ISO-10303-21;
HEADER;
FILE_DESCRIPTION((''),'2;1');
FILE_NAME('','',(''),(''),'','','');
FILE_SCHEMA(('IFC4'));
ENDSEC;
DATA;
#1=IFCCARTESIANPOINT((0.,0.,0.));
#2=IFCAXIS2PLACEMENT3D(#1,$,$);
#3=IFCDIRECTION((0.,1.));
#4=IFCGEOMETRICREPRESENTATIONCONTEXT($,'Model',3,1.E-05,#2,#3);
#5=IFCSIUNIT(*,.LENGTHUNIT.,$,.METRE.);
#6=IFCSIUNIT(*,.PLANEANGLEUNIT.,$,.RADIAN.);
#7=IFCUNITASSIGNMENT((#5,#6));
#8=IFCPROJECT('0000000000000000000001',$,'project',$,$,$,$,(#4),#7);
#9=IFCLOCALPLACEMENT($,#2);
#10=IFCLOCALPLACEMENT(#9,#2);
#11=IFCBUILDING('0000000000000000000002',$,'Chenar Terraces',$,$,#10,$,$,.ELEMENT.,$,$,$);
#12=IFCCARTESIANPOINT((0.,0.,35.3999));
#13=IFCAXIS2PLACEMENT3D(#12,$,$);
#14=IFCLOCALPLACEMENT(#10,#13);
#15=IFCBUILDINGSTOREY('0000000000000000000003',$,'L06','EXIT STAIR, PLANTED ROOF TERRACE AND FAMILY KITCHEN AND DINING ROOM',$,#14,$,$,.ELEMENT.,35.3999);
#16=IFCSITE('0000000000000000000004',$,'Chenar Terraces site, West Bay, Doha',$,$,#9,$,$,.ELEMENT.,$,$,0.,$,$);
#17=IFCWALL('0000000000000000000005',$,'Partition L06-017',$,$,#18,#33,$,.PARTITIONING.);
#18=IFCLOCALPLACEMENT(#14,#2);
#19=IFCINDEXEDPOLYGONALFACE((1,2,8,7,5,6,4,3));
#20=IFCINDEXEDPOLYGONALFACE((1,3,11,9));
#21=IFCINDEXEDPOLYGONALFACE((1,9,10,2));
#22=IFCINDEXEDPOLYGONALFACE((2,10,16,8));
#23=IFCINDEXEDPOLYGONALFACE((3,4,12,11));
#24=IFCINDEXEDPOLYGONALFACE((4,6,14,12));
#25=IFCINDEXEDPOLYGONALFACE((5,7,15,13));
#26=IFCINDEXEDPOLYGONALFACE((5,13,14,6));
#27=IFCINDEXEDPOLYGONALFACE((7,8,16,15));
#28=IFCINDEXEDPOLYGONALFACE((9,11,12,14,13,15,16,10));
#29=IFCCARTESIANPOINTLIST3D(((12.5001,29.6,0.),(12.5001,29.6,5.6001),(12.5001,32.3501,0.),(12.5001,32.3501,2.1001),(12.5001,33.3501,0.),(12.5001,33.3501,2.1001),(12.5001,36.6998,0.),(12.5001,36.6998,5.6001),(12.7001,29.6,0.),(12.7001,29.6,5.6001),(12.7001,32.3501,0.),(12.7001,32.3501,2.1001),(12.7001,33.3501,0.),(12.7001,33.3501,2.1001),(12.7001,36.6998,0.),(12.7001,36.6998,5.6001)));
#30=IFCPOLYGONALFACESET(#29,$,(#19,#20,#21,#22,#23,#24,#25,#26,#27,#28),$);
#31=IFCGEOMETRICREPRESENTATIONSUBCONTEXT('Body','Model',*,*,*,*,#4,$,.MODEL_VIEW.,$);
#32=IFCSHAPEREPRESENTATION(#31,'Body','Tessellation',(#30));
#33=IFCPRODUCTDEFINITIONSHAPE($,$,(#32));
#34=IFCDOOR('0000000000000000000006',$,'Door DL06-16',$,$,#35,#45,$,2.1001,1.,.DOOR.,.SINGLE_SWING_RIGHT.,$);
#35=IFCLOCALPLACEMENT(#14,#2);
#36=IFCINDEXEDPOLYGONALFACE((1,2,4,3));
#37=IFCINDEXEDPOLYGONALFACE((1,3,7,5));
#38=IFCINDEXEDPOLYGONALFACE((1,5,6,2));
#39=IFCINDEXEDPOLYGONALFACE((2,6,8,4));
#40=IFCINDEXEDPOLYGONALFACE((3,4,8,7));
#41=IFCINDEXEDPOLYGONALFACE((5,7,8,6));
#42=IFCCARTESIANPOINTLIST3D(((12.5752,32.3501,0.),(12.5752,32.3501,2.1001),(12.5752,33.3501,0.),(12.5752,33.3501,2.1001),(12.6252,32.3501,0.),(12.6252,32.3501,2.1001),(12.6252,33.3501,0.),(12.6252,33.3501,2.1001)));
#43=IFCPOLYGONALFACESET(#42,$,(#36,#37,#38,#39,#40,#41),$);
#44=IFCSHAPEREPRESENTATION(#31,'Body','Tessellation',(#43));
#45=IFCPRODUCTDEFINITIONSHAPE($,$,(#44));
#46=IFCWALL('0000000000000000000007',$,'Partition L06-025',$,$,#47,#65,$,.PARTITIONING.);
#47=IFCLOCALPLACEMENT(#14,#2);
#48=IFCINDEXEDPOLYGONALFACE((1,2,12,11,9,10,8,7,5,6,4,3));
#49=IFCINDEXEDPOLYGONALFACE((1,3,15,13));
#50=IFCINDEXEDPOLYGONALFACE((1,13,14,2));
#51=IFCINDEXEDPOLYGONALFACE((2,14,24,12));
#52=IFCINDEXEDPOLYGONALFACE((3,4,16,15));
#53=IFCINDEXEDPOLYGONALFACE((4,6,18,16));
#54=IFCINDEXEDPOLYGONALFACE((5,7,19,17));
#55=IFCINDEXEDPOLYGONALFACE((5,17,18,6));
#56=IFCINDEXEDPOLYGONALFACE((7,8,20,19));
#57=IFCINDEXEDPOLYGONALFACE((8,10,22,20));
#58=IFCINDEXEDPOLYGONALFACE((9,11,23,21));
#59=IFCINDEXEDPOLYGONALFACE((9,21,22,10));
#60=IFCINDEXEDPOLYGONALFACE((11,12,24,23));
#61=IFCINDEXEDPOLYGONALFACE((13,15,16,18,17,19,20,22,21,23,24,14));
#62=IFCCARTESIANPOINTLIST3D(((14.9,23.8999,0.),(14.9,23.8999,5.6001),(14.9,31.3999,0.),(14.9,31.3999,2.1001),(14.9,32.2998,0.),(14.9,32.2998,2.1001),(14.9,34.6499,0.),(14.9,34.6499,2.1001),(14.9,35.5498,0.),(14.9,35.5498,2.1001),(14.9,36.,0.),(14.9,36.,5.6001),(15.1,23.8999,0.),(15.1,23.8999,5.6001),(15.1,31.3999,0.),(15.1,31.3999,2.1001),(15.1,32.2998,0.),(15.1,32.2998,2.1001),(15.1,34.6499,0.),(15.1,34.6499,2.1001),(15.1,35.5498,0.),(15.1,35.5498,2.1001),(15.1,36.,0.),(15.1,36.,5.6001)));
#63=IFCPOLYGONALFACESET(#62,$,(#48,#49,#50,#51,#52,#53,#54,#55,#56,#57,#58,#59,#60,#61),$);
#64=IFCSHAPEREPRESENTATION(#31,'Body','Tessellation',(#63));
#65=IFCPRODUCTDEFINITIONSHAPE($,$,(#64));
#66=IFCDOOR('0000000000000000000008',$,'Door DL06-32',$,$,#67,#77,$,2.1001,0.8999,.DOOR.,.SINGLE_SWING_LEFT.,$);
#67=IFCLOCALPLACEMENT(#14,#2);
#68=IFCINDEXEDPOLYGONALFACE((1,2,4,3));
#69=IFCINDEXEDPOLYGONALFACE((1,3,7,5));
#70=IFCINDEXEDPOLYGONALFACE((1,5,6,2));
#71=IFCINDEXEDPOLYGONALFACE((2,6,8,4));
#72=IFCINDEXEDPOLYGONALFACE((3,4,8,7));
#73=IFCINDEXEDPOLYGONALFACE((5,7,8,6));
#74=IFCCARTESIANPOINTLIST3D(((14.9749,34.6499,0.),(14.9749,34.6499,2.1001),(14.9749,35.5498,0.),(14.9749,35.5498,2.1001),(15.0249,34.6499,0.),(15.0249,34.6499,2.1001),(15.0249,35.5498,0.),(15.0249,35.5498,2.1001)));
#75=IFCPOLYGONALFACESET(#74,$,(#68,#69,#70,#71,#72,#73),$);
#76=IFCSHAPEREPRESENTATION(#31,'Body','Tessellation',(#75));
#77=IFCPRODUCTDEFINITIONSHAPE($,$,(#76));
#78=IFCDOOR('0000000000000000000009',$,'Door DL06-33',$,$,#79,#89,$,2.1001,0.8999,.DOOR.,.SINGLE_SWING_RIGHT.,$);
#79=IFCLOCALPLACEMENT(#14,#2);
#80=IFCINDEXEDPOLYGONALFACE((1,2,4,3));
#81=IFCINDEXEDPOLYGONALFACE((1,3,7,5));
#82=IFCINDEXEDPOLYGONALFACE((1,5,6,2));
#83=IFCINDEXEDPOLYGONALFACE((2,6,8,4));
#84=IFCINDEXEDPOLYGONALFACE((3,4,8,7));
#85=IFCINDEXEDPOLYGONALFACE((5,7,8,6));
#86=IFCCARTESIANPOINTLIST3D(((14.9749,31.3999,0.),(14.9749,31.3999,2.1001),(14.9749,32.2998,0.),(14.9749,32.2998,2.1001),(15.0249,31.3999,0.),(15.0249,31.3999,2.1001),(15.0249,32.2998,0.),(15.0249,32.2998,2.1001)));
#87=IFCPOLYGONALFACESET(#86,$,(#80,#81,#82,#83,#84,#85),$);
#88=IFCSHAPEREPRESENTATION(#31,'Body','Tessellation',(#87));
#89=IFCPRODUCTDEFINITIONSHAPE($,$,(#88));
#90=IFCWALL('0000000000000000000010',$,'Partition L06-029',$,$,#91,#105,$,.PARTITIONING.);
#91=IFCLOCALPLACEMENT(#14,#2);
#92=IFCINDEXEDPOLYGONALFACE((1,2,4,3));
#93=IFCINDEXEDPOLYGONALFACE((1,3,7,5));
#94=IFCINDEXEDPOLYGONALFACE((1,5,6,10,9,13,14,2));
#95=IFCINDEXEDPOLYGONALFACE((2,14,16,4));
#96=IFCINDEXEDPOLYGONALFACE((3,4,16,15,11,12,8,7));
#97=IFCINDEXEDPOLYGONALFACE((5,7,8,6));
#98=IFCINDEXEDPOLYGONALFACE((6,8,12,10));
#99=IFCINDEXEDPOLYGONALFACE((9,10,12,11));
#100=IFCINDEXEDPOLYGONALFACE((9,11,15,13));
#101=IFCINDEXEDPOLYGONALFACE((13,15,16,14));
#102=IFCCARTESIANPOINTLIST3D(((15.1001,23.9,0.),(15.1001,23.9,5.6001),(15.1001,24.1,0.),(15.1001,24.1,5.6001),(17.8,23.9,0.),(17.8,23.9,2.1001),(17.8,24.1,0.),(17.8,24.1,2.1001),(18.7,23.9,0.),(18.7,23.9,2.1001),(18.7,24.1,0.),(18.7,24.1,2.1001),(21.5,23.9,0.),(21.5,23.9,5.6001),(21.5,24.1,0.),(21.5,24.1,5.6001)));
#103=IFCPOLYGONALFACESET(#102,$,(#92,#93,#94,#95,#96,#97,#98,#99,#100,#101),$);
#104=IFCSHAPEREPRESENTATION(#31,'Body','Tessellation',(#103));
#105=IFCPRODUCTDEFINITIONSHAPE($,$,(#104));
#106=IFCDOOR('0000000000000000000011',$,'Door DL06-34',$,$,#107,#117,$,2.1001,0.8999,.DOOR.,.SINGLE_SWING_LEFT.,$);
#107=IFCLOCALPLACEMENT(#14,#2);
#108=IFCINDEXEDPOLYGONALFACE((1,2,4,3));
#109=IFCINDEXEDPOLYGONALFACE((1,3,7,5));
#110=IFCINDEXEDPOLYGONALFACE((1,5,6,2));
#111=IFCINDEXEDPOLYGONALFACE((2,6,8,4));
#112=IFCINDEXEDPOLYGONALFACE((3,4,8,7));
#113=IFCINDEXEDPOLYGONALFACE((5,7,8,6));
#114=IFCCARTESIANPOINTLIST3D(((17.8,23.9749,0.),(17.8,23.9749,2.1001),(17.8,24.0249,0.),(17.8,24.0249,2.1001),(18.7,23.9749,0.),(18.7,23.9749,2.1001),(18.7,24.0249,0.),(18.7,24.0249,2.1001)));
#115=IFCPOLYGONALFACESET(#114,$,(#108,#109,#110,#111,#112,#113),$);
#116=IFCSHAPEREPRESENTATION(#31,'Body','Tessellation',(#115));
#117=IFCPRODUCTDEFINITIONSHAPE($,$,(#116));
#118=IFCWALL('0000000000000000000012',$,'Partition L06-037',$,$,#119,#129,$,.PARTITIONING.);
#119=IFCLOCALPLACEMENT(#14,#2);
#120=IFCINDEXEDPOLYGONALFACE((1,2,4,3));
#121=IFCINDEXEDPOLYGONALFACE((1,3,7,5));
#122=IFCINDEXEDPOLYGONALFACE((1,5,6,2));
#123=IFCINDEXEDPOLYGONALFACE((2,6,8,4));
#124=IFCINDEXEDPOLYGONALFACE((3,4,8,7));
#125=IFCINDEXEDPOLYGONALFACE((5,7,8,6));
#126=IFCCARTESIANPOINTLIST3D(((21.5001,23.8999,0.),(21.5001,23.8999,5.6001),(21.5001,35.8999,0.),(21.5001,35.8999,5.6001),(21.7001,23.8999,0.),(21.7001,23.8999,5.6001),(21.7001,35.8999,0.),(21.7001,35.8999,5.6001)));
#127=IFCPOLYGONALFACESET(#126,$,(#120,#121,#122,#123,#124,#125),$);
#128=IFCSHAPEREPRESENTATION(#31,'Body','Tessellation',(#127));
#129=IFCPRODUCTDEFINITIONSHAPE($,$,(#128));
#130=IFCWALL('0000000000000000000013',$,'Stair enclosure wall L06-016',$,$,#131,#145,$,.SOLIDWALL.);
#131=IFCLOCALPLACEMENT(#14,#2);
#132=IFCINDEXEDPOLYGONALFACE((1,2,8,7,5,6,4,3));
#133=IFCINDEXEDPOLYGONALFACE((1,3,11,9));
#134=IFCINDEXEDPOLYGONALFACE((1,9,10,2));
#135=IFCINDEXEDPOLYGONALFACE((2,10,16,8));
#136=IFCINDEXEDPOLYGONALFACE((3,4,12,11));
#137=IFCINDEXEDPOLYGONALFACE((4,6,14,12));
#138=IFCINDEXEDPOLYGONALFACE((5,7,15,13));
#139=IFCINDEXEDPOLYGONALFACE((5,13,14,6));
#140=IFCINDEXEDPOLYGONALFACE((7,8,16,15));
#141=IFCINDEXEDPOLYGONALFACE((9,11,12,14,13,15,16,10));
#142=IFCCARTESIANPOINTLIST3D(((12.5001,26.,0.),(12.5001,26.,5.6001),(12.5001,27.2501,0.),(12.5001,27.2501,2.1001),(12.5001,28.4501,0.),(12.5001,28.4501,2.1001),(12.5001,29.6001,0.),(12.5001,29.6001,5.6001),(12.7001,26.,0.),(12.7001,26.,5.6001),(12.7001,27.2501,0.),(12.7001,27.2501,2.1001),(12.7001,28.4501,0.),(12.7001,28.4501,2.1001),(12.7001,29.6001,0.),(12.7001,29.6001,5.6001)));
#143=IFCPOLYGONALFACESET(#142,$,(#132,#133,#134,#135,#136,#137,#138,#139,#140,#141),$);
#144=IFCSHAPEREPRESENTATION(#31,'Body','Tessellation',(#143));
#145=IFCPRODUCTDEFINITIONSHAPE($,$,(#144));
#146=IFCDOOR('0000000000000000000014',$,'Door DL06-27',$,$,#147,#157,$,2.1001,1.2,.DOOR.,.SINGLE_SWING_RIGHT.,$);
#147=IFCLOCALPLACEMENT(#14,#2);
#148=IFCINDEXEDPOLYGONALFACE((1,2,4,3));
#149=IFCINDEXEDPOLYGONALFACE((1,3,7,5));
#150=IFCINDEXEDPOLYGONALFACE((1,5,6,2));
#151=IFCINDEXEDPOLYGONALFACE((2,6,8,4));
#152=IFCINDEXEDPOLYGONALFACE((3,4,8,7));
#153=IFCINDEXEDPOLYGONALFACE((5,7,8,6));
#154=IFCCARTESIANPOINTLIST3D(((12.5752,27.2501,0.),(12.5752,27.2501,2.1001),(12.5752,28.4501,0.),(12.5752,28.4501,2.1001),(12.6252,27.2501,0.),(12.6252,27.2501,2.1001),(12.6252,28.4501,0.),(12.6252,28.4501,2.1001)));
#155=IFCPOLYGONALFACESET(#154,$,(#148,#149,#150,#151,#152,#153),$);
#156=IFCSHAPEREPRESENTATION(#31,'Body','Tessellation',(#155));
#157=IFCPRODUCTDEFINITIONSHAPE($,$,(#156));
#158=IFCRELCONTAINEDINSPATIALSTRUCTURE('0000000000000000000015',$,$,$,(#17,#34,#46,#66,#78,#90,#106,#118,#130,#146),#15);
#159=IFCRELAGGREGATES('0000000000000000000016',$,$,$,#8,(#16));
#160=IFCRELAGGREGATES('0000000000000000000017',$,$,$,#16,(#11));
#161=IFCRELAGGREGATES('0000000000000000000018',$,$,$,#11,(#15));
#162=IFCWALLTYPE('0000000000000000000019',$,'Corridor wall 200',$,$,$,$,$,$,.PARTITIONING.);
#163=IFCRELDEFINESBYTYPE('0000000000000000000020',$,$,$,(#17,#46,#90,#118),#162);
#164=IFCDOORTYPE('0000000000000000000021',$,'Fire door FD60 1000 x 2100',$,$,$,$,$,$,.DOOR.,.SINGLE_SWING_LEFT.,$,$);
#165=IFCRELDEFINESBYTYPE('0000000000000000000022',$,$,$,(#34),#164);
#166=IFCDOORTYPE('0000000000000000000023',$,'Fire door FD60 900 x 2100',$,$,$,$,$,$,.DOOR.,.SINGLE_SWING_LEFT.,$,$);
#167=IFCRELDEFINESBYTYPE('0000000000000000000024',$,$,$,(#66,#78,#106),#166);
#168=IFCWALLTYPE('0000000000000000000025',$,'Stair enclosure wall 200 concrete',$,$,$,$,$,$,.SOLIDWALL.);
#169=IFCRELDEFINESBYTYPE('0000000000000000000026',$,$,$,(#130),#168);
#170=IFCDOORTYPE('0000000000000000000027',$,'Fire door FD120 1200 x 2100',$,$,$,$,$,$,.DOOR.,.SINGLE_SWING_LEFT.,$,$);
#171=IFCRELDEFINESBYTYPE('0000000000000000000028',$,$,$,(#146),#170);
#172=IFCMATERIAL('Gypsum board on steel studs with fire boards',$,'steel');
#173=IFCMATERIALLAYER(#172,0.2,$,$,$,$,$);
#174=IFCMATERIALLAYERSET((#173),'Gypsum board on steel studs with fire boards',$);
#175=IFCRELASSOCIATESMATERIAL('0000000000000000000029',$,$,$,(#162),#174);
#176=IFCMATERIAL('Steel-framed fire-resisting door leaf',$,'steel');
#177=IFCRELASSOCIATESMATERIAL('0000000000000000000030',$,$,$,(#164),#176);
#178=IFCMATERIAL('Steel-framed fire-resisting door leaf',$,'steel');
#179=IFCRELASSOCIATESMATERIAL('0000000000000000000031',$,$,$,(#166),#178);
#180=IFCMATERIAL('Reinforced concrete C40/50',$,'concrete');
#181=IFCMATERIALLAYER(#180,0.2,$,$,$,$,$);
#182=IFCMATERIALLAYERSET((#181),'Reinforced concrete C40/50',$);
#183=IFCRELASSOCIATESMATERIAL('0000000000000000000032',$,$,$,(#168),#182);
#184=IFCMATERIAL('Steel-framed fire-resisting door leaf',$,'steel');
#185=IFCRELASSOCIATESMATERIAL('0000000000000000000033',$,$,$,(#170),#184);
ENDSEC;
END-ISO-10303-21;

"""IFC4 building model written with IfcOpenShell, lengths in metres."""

from ifc_helpers import new_model, si_unit, direction, frame, frame_2d, origin, place, context, subcontext, project, spatial, rectangle, extrude, material, layer, layer_set, type_object, element, fill, save


model = new_model("IFC4")

# Units and contexts
model_context = context("Model", 3, precision=1e-05, world=origin(), true_north=direction((0.0, 1.0)))
body_context = subcontext(model_context, "Body", "Model", "MODEL_VIEW")
ifc_project = project(units=[si_unit("LENGTHUNIT", "METRE"), si_unit("PLANEANGLEUNIT", "RADIAN")], contexts=[model_context])

# Site, building, storey
site_placement = place(None, origin())
site = spatial("IfcSite", under=ifc_project, at=site_placement, Name="Chenar Terraces site, West Bay, Doha", CompositionType="ELEMENT", RefElevation=0.0)
building_placement = place(site_placement, origin())
building = spatial("IfcBuilding", under=site, at=building_placement, Name="Chenar Terraces", CompositionType="ELEMENT")
storey_placement = place(building_placement, frame((0.0, 0.0, 35.3999)))
storey = spatial("IfcBuildingStorey", under=building, at=storey_placement, Name="L06", Description="EXIT STAIR, PLANTED ROOF TERRACE AND FAMILY KITCHEN AND DINING ROOM", CompositionType="ELEMENT", Elevation=35.3999)

# Shared definitions
ifc_material_1 = material(Name="Gypsum board on steel studs with fire boards", Category="steel")
ifc_layer_1 = layer(ifc_material_1, 0.2)
ifc_layer_set_1 = layer_set([ifc_layer_1], Name="Gypsum board on steel studs with fire boards")
wall_type_1 = type_object("IfcWallType", Name="Corridor wall 200", PredefinedType="PARTITIONING", material=ifc_layer_set_1)
ifc_material_2 = material(Name="Steel-framed fire-resisting door leaf", Category="steel")
door_type_1 = type_object("IfcDoorType", Name="Fire door FD60 1000 x 2100", OperationType="SINGLE_SWING_LEFT", PredefinedType="DOOR", material=ifc_material_2)

# Wall, opening, door
wall_1_placement = place(storey_placement, frame((12.6001, 29.6001, 0.0), z_axis=(0.0, 0.0, 1.0), x_axis=(0.0, 1.0, 0.0)))
wall_1 = element("IfcWall", 1, at=wall_1_placement, inside=storey, type_object=wall_type_1, Name="Partition L06-017", PredefinedType="PARTITIONING", context=body_context, shape_type="SweptSolid", body=[
    extrude(rectangle(XDim=7.0999, YDim=0.2, at=frame_2d((3.5498, 0.0))), origin(), (0.0, 0.0, 1.0), 5.6001),
])
opening_1_placement = place(wall_1_placement, frame((2.75, 0.0, 0.0)))
opening_1 = element("IfcOpeningElement", 2, at=opening_1_placement, cuts=wall_1, PredefinedType="OPENING", context=body_context, shape_type="SweptSolid", body=[
    extrude(rectangle(XDim=1.0, YDim=2.1001, at=frame_2d((0.5, 1.05))), frame((0.0, 0.1099, 0.0), z_axis=(0.0, -1.0, 0.0), x_axis=(1.0, 0.0, 0.0)), (0.0, 0.0, 1.0), 0.22),
])
door_1_placement = place(opening_1_placement, origin())
door_1 = element("IfcDoor", 3, at=door_1_placement, inside=storey, type_object=door_type_1, Name="Door DL06-16", OperationType="SINGLE_SWING_RIGHT", OverallHeight=2.1001, OverallWidth=1.0, PredefinedType="DOOR", context=body_context, shape_type="SweptSolid", body=[
    extrude(rectangle(XDim=1.0, YDim=2.1001, at=frame_2d((0.5, 1.05))), frame((0.0, 0.0249, 0.0), z_axis=(0.0, -1.0, 0.0), x_axis=(1.0, 0.0, 0.0)), (0.0, 0.0, 1.0), 0.05),
])
fill(opening_1, door_1)

# Wall, openings, doors
wall_2_placement = place(storey_placement, frame((15.0, 23.8999, 0.0), z_axis=(0.0, 0.0, 1.0), x_axis=(0.0, 1.0, 0.0)))
wall_2 = element("IfcWall", 4, at=wall_2_placement, inside=storey, type_object=wall_type_1, Name="Partition L06-025", PredefinedType="PARTITIONING", context=body_context, shape_type="SweptSolid", body=[
    extrude(rectangle(XDim=12.1001, YDim=0.2, at=frame_2d((6.05, 0.0))), origin(), (0.0, 0.0, 1.0), 5.6001),
])
opening_2_placement = place(wall_2_placement, frame((10.75, 0.0, 0.0)))
opening_2 = element("IfcOpeningElement", 5, at=opening_2_placement, cuts=wall_2, PredefinedType="OPENING", context=body_context, shape_type="SweptSolid", body=[
    extrude(rectangle(XDim=0.8999, YDim=2.1001, at=frame_2d((0.45, 1.05))), frame((0.0, 0.1099, 0.0), z_axis=(0.0, -1.0, 0.0), x_axis=(1.0, 0.0, 0.0)), (0.0, 0.0, 1.0), 0.22),
])
opening_3_placement = place(wall_2_placement, frame((7.5, 0.0, 0.0)))
opening_3 = element("IfcOpeningElement", 6, at=opening_3_placement, cuts=wall_2, PredefinedType="OPENING", context=body_context, shape_type="SweptSolid", body=[
    extrude(rectangle(XDim=0.8999, YDim=2.1001, at=frame_2d((0.45, 1.05))), frame((0.0, 0.1099, 0.0), z_axis=(0.0, -1.0, 0.0), x_axis=(1.0, 0.0, 0.0)), (0.0, 0.0, 1.0), 0.22),
])
ifc_material_3 = material(Name="Steel-framed fire-resisting door leaf", Category="steel")
door_type_2 = type_object("IfcDoorType", Name="Fire door FD60 900 x 2100", OperationType="SINGLE_SWING_LEFT", PredefinedType="DOOR", material=ifc_material_3)
door_2_placement = place(opening_2_placement, frame((0.8999, 0.0, 0.0), z_axis=(0.0, 0.0, 1.0), x_axis=(-1.0, 0.0, 0.0)))
door_2 = element("IfcDoor", 7, at=door_2_placement, inside=storey, type_object=door_type_2, Name="Door DL06-32", OperationType="SINGLE_SWING_LEFT", OverallHeight=2.1001, OverallWidth=0.8999, PredefinedType="DOOR", context=body_context, shape_type="SweptSolid", body=[
    extrude(rectangle(XDim=0.8999, YDim=2.1001, at=frame_2d((0.45, 1.05))), frame((0.0, 0.0249, 0.0), z_axis=(0.0, -1.0, 0.0), x_axis=(1.0, 0.0, 0.0)), (0.0, 0.0, 1.0), 0.05),
])
fill(opening_2, door_2)
door_3_placement = place(opening_3_placement, frame((0.8999, 0.0, 0.0), z_axis=(0.0, 0.0, 1.0), x_axis=(-1.0, 0.0, 0.0)))
door_3 = element("IfcDoor", 8, at=door_3_placement, inside=storey, type_object=door_type_2, Name="Door DL06-33", OperationType="SINGLE_SWING_RIGHT", OverallHeight=2.1001, OverallWidth=0.8999, PredefinedType="DOOR", context=body_context, shape_type="SweptSolid", body=[
    extrude(rectangle(XDim=0.8999, YDim=2.1001, at=frame_2d((0.45, 1.05))), frame((0.0, 0.0249, 0.0), z_axis=(0.0, -1.0, 0.0), x_axis=(1.0, 0.0, 0.0)), (0.0, 0.0, 1.0), 0.05),
])
fill(opening_3, door_3)

# Wall, opening, door
wall_3_placement = place(storey_placement, frame((15.1001, 24.0, 0.0), z_axis=(0.0, 0.0, 1.0), x_axis=(1.0, 0.0, 0.0)))
wall_3 = element("IfcWall", 9, at=wall_3_placement, inside=storey, type_object=wall_type_1, Name="Partition L06-029", PredefinedType="PARTITIONING", context=body_context, shape_type="SweptSolid", body=[
    extrude(rectangle(XDim=6.3999, YDim=0.2, at=frame_2d((3.2, 0.0))), origin(), (0.0, 0.0, 1.0), 5.6001),
])
opening_4_placement = place(wall_3_placement, frame((2.7, 0.0, 0.0)))
opening_4 = element("IfcOpeningElement", 10, at=opening_4_placement, cuts=wall_3, PredefinedType="OPENING", context=body_context, shape_type="SweptSolid", body=[
    extrude(rectangle(XDim=0.8999, YDim=2.1001, at=frame_2d((0.45, 1.05))), frame((0.0, 0.1099, 0.0), z_axis=(0.0, -1.0, 0.0), x_axis=(1.0, 0.0, 0.0)), (0.0, 0.0, 1.0), 0.22),
])
door_4_placement = place(opening_4_placement, origin())
door_4 = element("IfcDoor", 11, at=door_4_placement, inside=storey, type_object=door_type_2, Name="Door DL06-34", OperationType="SINGLE_SWING_LEFT", OverallHeight=2.1001, OverallWidth=0.8999, PredefinedType="DOOR", context=body_context, shape_type="SweptSolid", body=[
    extrude(rectangle(XDim=0.8999, YDim=2.1001, at=frame_2d((0.45, 1.05))), frame((0.0, 0.0249, 0.0), z_axis=(0.0, -1.0, 0.0), x_axis=(1.0, 0.0, 0.0)), (0.0, 0.0, 1.0), 0.05),
])
fill(opening_4, door_4)

# Wall
wall_4_placement = place(storey_placement, frame((21.6001, 23.8999, 0.0), z_axis=(0.0, 0.0, 1.0), x_axis=(0.0, 1.0, 0.0)))
element("IfcWall", 12, at=wall_4_placement, inside=storey, type_object=wall_type_1, Name="Partition L06-037", PredefinedType="PARTITIONING", context=body_context, shape_type="SweptSolid", body=[
    extrude(rectangle(XDim=12.0, YDim=0.2, at=frame_2d((6.0, 0.0))), origin(), (0.0, 0.0, 1.0), 5.6001),
])

# Wall, opening, door
ifc_material_4 = material(Name="Reinforced concrete C40/50", Category="concrete")
ifc_layer_2 = layer(ifc_material_4, 0.2)
ifc_layer_set_2 = layer_set([ifc_layer_2], Name="Reinforced concrete C40/50")
wall_type_2 = type_object("IfcWallType", Name="Stair enclosure wall 200 concrete", PredefinedType="SOLIDWALL", material=ifc_layer_set_2)
wall_5_placement = place(storey_placement, frame((12.6001, 26.0, 0.0), z_axis=(0.0, 0.0, 1.0), x_axis=(0.0, 1.0, 0.0)))
wall_5 = element("IfcWall", 13, at=wall_5_placement, inside=storey, type_object=wall_type_2, Name="Stair enclosure wall L06-016", PredefinedType="SOLIDWALL", context=body_context, shape_type="SweptSolid", body=[
    extrude(rectangle(XDim=3.6001, YDim=0.2, at=frame_2d((1.8, 0.0))), origin(), (0.0, 0.0, 1.0), 5.6001),
])
opening_5_placement = place(wall_5_placement, frame((1.25, 0.0, 0.0)))
opening_5 = element("IfcOpeningElement", 14, at=opening_5_placement, cuts=wall_5, PredefinedType="OPENING", context=body_context, shape_type="SweptSolid", body=[
    extrude(rectangle(XDim=1.2, YDim=2.1001, at=frame_2d((0.6001, 1.05))), frame((0.0, 0.1099, 0.0), z_axis=(0.0, -1.0, 0.0), x_axis=(1.0, 0.0, 0.0)), (0.0, 0.0, 1.0), 0.22),
])
ifc_material_5 = material(Name="Steel-framed fire-resisting door leaf", Category="steel")
door_type_3 = type_object("IfcDoorType", Name="Fire door FD120 1200 x 2100", OperationType="SINGLE_SWING_LEFT", PredefinedType="DOOR", material=ifc_material_5)
door_5_placement = place(opening_5_placement, origin())
door_5 = element("IfcDoor", 15, at=door_5_placement, inside=storey, type_object=door_type_3, Name="Door DL06-27", OperationType="SINGLE_SWING_RIGHT", OverallHeight=2.1001, OverallWidth=1.2, PredefinedType="DOOR", context=body_context, shape_type="SweptSolid", body=[
    extrude(rectangle(XDim=1.2, YDim=2.1001, at=frame_2d((0.6001, 1.05))), frame((0.0, 0.0249, 0.0), z_axis=(0.0, -1.0, 0.0), x_axis=(1.0, 0.0, 0.0)), (0.0, 0.0, 1.0), 0.05),
])
fill(opening_5, door_5)

save(model, "model.ifc")
